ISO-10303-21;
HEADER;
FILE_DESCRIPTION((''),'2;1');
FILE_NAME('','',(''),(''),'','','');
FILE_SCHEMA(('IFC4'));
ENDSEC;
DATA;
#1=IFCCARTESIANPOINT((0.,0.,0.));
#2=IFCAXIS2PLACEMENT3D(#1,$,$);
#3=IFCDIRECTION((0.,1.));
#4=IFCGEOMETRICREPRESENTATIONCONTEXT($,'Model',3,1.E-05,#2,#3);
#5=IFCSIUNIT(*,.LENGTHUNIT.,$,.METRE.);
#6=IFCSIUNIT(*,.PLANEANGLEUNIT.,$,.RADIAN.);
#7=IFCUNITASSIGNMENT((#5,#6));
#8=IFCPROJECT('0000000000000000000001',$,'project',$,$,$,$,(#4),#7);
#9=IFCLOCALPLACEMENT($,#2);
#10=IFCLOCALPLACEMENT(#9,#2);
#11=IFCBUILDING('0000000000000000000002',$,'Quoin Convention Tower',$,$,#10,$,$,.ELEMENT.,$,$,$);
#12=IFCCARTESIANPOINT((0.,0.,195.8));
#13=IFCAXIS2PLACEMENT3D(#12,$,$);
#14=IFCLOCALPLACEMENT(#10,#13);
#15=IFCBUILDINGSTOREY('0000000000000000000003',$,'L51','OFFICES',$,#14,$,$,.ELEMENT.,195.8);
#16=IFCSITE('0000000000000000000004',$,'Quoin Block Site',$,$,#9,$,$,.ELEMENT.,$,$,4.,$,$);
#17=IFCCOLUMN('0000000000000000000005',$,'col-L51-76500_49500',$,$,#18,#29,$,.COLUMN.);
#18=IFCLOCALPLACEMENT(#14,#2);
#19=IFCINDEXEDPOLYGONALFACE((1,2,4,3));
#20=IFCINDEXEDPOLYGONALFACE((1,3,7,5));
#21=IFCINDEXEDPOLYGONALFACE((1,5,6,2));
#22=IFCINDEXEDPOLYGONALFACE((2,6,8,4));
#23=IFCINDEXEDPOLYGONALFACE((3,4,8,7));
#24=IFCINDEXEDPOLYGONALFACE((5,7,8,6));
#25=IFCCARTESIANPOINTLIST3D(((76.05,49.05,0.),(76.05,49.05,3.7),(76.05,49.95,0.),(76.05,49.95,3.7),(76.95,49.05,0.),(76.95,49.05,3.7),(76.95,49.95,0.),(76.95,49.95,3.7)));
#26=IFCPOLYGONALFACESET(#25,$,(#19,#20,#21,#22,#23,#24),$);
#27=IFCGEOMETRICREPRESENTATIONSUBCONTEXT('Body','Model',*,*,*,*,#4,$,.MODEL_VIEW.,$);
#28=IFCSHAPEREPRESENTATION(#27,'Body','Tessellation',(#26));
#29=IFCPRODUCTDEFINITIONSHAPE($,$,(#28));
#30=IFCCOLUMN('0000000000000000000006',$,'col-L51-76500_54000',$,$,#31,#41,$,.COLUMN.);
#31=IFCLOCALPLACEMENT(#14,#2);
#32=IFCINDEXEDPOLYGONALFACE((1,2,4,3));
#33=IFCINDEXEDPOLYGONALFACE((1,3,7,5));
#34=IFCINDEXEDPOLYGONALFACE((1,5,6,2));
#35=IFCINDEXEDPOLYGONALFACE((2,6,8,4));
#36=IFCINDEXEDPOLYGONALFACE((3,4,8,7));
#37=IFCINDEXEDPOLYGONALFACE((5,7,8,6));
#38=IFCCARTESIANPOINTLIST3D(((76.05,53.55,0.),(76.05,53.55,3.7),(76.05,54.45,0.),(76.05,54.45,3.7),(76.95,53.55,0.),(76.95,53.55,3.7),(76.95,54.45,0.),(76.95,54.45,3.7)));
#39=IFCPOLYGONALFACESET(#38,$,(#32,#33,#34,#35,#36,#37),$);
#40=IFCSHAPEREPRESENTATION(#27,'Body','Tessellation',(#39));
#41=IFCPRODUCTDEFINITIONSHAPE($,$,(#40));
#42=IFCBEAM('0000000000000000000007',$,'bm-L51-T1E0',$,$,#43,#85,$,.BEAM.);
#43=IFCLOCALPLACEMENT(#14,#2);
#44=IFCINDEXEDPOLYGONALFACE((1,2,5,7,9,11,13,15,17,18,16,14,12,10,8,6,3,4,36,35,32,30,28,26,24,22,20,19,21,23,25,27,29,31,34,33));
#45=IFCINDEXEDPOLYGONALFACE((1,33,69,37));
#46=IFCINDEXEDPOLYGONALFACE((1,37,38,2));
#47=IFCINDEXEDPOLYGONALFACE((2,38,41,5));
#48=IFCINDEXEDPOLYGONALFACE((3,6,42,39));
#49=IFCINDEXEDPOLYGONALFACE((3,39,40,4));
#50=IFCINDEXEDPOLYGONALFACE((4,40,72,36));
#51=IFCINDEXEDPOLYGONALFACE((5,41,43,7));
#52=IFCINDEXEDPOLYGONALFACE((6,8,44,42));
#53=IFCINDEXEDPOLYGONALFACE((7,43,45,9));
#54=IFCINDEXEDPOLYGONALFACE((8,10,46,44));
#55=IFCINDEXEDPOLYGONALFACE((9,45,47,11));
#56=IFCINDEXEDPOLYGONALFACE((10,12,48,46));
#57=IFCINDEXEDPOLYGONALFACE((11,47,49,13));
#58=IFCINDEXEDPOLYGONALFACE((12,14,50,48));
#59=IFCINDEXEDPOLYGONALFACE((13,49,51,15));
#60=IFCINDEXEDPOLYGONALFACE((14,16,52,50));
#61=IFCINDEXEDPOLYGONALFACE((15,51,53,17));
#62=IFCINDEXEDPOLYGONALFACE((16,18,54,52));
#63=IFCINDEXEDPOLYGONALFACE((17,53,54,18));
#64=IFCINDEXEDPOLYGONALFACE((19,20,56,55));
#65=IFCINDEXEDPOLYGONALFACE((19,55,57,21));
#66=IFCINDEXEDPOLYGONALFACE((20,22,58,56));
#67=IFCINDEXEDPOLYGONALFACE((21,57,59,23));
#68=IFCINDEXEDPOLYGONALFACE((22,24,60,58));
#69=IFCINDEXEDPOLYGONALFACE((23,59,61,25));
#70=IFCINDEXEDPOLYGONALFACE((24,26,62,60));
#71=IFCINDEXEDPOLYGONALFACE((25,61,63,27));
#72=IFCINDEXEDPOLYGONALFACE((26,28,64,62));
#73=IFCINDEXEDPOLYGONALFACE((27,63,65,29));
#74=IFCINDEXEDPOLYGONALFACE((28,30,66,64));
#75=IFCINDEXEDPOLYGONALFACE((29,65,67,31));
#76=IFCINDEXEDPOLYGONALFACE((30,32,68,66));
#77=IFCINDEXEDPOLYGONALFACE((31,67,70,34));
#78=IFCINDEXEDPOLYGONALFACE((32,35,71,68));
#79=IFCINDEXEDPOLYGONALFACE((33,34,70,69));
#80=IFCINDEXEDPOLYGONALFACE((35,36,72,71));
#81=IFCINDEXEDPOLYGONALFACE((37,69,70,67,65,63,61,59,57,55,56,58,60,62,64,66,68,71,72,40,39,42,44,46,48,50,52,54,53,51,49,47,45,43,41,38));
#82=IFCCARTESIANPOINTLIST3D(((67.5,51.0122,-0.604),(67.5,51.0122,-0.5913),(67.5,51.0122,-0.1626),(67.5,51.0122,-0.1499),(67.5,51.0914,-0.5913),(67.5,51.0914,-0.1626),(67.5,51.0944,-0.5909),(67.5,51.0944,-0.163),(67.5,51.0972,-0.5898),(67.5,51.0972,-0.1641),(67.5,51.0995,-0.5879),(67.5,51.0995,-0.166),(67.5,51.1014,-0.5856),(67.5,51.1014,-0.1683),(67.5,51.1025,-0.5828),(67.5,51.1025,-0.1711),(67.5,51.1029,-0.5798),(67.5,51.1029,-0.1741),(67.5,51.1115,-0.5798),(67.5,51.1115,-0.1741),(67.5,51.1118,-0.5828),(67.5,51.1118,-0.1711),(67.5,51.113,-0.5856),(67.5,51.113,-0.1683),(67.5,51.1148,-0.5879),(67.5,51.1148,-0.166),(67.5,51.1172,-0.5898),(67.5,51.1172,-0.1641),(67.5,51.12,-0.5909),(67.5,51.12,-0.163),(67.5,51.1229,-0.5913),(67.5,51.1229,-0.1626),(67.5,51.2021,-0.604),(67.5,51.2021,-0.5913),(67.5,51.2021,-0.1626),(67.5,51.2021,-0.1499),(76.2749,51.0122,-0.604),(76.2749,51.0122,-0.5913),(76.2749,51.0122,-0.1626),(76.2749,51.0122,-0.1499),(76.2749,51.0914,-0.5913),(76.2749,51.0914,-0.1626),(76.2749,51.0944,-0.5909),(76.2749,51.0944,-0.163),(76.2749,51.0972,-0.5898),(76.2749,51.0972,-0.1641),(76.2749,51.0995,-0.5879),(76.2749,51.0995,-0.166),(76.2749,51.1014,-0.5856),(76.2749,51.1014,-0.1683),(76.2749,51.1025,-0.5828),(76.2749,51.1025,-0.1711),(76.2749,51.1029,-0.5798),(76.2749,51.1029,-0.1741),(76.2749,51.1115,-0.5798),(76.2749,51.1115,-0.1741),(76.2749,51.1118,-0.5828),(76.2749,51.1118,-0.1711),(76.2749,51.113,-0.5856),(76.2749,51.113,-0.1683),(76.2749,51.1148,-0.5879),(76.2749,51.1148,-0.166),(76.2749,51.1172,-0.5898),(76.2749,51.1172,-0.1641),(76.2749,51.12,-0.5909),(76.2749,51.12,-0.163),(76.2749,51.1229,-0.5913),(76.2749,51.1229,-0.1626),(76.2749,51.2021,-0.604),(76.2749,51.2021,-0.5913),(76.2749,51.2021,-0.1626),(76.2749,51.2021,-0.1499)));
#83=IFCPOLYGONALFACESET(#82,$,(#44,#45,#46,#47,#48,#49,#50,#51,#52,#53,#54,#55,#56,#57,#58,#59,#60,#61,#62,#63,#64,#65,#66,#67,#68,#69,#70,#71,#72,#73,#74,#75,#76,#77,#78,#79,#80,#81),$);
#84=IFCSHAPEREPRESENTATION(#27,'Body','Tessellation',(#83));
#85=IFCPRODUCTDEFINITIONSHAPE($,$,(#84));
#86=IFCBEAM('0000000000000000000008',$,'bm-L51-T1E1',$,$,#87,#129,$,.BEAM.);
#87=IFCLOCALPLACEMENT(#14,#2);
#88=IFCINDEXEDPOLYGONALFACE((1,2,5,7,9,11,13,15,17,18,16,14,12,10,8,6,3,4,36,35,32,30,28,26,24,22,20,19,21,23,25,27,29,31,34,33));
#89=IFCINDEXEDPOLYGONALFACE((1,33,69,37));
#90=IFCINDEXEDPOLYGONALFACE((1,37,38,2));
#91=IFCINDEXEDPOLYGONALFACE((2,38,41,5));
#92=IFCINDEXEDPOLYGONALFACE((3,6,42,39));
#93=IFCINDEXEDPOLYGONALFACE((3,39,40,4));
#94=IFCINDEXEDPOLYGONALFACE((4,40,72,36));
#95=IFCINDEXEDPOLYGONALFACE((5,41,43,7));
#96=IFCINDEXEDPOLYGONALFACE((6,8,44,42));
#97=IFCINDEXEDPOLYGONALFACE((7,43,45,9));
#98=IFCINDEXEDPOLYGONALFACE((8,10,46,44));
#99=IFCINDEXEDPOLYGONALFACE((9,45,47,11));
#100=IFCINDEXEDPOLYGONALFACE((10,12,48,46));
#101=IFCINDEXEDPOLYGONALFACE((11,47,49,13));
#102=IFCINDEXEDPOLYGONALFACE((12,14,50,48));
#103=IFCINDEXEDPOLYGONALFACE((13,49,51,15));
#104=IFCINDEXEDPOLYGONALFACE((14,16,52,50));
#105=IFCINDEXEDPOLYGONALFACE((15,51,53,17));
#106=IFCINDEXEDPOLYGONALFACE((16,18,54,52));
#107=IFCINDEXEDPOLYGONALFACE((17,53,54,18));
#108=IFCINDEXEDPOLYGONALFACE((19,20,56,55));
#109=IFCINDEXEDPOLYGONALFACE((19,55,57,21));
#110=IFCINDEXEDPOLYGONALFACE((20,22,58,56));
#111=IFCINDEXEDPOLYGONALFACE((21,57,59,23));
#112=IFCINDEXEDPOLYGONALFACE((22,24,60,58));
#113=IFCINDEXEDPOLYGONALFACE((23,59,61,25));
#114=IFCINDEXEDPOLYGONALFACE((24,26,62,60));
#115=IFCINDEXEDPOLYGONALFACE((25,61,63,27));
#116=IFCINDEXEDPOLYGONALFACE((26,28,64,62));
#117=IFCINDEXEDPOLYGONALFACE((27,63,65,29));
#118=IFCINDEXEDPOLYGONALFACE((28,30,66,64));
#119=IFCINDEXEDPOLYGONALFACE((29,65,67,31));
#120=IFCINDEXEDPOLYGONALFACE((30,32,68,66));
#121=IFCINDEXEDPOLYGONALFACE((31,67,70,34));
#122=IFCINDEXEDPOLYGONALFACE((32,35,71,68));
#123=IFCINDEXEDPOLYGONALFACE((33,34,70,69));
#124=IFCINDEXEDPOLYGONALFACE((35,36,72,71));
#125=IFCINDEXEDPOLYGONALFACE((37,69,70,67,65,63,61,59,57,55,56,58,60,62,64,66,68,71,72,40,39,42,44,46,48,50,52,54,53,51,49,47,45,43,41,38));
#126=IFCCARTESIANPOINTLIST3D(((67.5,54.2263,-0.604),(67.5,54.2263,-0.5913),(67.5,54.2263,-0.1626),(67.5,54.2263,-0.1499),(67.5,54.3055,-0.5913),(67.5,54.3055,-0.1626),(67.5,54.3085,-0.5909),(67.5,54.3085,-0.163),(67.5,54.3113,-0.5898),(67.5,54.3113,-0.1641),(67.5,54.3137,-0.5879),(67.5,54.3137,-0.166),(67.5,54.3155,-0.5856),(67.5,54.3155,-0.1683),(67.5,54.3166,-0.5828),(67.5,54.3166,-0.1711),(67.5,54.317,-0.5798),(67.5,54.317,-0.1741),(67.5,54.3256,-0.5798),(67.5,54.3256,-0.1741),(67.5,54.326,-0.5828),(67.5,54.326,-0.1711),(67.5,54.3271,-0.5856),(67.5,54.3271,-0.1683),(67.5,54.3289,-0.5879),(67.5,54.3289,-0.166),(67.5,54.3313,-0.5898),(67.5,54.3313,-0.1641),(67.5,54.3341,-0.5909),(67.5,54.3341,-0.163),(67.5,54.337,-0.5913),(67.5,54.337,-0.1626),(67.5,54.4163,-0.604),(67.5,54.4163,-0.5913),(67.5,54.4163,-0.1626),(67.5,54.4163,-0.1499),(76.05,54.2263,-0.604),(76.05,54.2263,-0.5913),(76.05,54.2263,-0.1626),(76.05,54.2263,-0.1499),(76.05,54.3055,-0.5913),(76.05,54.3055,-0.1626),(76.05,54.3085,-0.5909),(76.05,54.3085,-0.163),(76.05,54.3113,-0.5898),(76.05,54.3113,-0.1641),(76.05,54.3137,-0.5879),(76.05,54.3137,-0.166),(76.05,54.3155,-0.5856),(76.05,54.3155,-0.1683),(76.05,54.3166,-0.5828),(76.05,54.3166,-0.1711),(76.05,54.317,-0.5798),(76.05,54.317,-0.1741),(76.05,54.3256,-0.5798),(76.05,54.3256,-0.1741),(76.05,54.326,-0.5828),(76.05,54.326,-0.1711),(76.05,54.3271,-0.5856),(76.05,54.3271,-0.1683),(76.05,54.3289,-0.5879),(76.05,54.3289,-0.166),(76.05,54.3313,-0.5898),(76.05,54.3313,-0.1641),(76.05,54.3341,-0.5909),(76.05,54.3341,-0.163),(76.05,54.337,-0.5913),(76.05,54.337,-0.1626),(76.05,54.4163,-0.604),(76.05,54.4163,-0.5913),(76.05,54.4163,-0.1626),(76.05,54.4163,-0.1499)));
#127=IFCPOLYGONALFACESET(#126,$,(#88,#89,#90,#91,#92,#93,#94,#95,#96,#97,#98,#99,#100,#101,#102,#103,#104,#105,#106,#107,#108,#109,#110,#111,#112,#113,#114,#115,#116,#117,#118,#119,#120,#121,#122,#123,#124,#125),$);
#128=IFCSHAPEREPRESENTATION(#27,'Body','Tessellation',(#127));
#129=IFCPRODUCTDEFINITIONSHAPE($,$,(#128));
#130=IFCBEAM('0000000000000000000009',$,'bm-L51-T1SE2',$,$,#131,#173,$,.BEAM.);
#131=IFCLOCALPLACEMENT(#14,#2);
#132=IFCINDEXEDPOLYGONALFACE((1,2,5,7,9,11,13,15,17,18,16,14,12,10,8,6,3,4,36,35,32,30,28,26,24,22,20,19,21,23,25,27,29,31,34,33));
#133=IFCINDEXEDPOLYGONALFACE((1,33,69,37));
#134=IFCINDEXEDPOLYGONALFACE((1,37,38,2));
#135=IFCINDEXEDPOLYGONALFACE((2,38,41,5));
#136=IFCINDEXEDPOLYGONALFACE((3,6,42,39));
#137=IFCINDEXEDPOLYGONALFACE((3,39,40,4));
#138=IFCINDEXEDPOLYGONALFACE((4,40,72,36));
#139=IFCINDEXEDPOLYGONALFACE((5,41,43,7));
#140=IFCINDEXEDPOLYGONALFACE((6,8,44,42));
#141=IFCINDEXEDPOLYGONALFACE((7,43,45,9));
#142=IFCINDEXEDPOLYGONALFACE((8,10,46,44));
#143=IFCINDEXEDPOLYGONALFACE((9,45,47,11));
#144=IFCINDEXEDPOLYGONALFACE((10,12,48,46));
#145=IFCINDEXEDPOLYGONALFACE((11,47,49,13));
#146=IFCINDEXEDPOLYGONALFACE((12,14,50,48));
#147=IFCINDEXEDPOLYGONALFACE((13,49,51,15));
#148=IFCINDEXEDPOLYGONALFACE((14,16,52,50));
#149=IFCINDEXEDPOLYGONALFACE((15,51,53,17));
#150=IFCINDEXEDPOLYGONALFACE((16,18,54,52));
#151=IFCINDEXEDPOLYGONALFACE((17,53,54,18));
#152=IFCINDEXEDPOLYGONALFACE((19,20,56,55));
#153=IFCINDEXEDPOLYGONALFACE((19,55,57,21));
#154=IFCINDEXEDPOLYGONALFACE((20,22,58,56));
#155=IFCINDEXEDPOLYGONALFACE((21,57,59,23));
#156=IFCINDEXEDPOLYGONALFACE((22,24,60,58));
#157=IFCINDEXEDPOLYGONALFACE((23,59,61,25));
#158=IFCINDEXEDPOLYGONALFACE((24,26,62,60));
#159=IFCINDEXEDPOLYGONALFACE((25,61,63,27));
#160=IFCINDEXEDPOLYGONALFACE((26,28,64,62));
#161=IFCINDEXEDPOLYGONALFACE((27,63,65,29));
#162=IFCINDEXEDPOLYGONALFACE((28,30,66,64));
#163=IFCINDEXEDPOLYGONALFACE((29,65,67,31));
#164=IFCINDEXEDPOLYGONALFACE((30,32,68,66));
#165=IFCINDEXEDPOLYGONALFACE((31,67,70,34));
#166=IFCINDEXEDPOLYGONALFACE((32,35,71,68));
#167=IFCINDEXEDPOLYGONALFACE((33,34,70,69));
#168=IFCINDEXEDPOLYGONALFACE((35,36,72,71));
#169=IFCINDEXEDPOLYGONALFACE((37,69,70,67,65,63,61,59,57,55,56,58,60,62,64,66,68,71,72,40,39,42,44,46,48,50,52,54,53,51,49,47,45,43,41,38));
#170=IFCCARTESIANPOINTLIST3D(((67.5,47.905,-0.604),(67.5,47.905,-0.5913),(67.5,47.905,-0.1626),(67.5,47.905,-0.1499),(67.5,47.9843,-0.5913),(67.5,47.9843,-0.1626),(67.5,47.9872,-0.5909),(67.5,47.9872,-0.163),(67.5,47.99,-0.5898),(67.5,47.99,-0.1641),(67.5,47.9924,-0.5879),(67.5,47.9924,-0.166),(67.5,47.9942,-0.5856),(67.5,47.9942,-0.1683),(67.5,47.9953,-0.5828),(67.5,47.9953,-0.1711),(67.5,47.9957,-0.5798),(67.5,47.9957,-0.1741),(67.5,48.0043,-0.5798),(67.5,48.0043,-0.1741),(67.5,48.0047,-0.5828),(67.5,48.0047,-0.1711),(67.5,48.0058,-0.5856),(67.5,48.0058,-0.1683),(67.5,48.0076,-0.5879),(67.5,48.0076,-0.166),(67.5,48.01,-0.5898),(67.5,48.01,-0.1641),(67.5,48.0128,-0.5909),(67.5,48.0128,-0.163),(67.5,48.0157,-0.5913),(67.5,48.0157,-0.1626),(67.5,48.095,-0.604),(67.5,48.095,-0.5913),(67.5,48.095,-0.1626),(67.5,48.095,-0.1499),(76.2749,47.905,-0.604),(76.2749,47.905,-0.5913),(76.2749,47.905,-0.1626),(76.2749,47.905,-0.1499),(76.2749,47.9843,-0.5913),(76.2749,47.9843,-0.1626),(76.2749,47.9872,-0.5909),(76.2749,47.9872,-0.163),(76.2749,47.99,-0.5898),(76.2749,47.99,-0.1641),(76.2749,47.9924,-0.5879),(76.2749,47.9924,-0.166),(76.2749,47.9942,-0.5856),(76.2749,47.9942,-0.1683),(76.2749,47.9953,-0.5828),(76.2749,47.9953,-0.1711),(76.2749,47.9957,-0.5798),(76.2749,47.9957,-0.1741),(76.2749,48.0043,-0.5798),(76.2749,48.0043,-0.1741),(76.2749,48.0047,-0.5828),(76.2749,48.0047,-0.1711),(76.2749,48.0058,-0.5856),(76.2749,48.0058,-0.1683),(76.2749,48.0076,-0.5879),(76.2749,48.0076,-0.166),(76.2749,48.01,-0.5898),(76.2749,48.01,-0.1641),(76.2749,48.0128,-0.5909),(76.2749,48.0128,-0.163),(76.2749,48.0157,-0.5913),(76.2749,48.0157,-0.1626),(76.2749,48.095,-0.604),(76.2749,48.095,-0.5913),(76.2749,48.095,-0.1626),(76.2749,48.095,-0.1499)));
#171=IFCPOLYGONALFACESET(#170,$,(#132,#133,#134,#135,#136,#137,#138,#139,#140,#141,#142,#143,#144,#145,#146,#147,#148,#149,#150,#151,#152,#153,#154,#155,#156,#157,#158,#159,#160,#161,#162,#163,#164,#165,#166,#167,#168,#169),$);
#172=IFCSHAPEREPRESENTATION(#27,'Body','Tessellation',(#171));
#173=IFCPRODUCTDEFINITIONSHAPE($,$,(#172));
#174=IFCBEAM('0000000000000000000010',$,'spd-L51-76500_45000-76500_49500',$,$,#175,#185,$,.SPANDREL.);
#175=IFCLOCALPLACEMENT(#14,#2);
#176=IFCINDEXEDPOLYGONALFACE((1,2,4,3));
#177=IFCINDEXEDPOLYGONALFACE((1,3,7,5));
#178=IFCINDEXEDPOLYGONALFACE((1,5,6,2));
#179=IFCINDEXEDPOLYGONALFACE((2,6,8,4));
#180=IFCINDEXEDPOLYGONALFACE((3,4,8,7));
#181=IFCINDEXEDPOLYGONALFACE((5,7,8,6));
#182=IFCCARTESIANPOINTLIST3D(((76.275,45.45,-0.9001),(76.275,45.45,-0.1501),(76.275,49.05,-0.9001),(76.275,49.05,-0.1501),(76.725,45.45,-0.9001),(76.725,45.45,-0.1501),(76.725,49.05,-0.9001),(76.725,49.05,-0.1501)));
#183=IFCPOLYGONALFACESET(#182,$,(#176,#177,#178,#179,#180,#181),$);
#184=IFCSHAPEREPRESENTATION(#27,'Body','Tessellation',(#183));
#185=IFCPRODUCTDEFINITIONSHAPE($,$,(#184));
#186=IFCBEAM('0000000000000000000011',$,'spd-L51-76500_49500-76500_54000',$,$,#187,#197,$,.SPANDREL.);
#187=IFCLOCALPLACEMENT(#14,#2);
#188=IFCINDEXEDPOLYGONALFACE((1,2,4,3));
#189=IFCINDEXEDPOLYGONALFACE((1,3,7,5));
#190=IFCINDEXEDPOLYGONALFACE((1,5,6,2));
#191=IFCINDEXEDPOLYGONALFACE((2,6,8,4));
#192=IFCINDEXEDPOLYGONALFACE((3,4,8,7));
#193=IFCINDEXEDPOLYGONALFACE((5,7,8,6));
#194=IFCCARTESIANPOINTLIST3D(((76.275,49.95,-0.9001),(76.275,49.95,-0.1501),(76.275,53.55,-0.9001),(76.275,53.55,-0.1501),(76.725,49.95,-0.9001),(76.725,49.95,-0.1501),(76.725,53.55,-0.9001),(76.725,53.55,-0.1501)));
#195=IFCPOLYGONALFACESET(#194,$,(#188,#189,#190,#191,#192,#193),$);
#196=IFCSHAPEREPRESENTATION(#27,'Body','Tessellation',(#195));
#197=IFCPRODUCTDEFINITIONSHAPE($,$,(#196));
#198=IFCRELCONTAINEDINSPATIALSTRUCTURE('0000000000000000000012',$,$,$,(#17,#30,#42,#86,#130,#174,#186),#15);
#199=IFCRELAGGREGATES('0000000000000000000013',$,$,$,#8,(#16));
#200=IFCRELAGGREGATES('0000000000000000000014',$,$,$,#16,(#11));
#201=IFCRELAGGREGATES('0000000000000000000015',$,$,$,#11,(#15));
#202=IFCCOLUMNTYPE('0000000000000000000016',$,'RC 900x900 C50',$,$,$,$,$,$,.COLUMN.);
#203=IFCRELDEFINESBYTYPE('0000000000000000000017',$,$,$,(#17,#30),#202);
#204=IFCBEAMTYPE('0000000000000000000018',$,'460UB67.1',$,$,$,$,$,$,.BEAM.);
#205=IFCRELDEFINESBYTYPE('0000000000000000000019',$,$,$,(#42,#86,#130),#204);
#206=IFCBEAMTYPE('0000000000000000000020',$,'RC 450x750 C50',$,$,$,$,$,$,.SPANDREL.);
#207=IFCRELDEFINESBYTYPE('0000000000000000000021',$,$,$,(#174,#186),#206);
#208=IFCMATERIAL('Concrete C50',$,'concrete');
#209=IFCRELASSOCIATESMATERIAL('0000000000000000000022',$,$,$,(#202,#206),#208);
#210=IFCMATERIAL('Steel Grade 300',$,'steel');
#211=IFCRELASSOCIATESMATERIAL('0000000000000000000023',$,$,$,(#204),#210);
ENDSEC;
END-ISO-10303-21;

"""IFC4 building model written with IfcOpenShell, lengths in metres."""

from ifc_helpers import new_model, si_unit, direction, frame, origin, origin_2d, place, context, subcontext, project, spatial, rectangle, i_section, extrude, material, material_profile, profile_set, type_object, element, save


model = new_model("IFC4")

# Units and contexts
model_context = context("Model", 3, precision=1e-05, world=origin(), true_north=direction((0.0, 1.0)))
body_context = subcontext(model_context, "Body", "Model", "MODEL_VIEW")
ifc_project = project(units=[si_unit("LENGTHUNIT", "METRE"), si_unit("PLANEANGLEUNIT", "RADIAN")], contexts=[model_context])

# Site, building, storey
site_placement = place(None, origin())
site = spatial("IfcSite", under=ifc_project, at=site_placement, Name="Quoin Block Site", CompositionType="ELEMENT", RefElevation=4.0)
building_placement = place(site_placement, origin())
building = spatial("IfcBuilding", under=site, at=building_placement, Name="Quoin Convention Tower", CompositionType="ELEMENT")
storey_placement = place(building_placement, frame((0.0, 0.0, 195.8)))
storey = spatial("IfcBuildingStorey", under=building, at=storey_placement, Name="L51", Description="OFFICES", CompositionType="ELEMENT", Elevation=195.8)

# Columns
ifc_material_1 = material(Name="Concrete C50", Category="concrete")
ifc_material_profile_1 = material_profile(ifc_material_1, rectangle(XDim=0.8999, YDim=0.8999, at=origin_2d()), Name="RC 900x900")
ifc_profile_set_1 = profile_set([ifc_material_profile_1], Name="Concrete C50")
column_type = type_object("IfcColumnType", Name="RC 900x900 C50", PredefinedType="COLUMN", material=ifc_profile_set_1)
for number, where, z_axis, x_axis, name in (
    (1, (76.5, 49.5, 0.0), (0.0, 0.0, 1.0), (1.0, 0.0, 0.0), "col-L51-76500_49500"),
    (2, (76.5, 54.0, 0.0), (0.0, 0.0, 1.0), (1.0, 0.0, 0.0), "col-L51-76500_54000"),
):
    element("IfcColumn", number, at=place(storey_placement, frame(where, z_axis=z_axis, x_axis=x_axis)), inside=storey, type_object=column_type, Name=name, PredefinedType="COLUMN", context=body_context, shape_type="SweptSolid", body=[
        extrude(rectangle(XDim=0.8999, YDim=0.8999, at=origin_2d()), origin(), (0.0, 0.0, 1.0), 3.7),
    ])

# Beams
ifc_material_2 = material(Name="Steel Grade 300", Category="steel")
ifc_material_profile_2 = material_profile(ifc_material_2, i_section(OverallWidth=0.1899, OverallDepth=0.4541, WebThickness=0.0085, FlangeThickness=0.0127, FilletRadius=0.0115, at=origin_2d()), Name="460UB67.1")
ifc_profile_set_2 = profile_set([ifc_material_profile_2], Name="Steel Grade 300")
beam_type_1 = type_object("IfcBeamType", Name="460UB67.1", PredefinedType="BEAM", material=ifc_profile_set_2)
beam_1_placement = place(storey_placement, frame((67.5, 51.1072, -0.377), z_axis=(1.0, 0.0, 0.0), x_axis=(0.0, 1.0, 0.0)))
element("IfcBeam", 3, at=beam_1_placement, inside=storey, type_object=beam_type_1, Name="bm-L51-T1E0", PredefinedType="BEAM", context=body_context, shape_type="SweptSolid", body=[
    extrude(i_section(OverallWidth=0.1899, OverallDepth=0.4541, WebThickness=0.0085, FlangeThickness=0.0127, FilletRadius=0.0115, at=origin_2d()), origin(), (0.0, 0.0, 1.0), 8.7749),
])
beam_2_placement = place(storey_placement, frame((67.5, 54.3213, -0.377), z_axis=(1.0, 0.0, 0.0), x_axis=(0.0, 1.0, 0.0)))
element("IfcBeam", 4, at=beam_2_placement, inside=storey, type_object=beam_type_1, Name="bm-L51-T1E1", PredefinedType="BEAM", context=body_context, shape_type="SweptSolid", body=[
    extrude(i_section(OverallWidth=0.1899, OverallDepth=0.4541, WebThickness=0.0085, FlangeThickness=0.0127, FilletRadius=0.0115, at=origin_2d()), origin(), (0.0, 0.0, 1.0), 8.55),
])
beam_3_placement = place(storey_placement, frame((67.5, 48.0, -0.377), z_axis=(1.0, 0.0, 0.0), x_axis=(0.0, 1.0, 0.0)))
element("IfcBeam", 5, at=beam_3_placement, inside=storey, type_object=beam_type_1, Name="bm-L51-T1SE2", PredefinedType="BEAM", context=body_context, shape_type="SweptSolid", body=[
    extrude(i_section(OverallWidth=0.1899, OverallDepth=0.4541, WebThickness=0.0085, FlangeThickness=0.0127, FilletRadius=0.0115, at=origin_2d()), origin(), (0.0, 0.0, 1.0), 8.7749),
])
ifc_material_profile_3 = material_profile(ifc_material_1, rectangle(XDim=0.45, YDim=0.75, at=origin_2d()), Name="RC 450x750")
ifc_profile_set_3 = profile_set([ifc_material_profile_3], Name="Concrete C50")
beam_type_2 = type_object("IfcBeamType", Name="RC 450x750 C50", PredefinedType="SPANDREL", material=ifc_profile_set_3)
for number, where, z_axis, x_axis, name in (
    (6, (76.5, 45.45, -0.5251), (0.0, 1.0, 0.0), (-1.0, 0.0, 0.0), "spd-L51-76500_45000-76500_49500"),
    (7, (76.5, 49.95, -0.5251), (0.0, 1.0, 0.0), (-1.0, 0.0, 0.0), "spd-L51-76500_49500-76500_54000"),
):
    element("IfcBeam", number, at=place(storey_placement, frame(where, z_axis=z_axis, x_axis=x_axis)), inside=storey, type_object=beam_type_2, Name=name, PredefinedType="SPANDREL", context=body_context, shape_type="SweptSolid", body=[
        extrude(rectangle(XDim=0.45, YDim=0.75, at=origin_2d()), origin(), (0.0, 0.0, 1.0), 3.6001),
    ])

save(model, "model.ifc")
